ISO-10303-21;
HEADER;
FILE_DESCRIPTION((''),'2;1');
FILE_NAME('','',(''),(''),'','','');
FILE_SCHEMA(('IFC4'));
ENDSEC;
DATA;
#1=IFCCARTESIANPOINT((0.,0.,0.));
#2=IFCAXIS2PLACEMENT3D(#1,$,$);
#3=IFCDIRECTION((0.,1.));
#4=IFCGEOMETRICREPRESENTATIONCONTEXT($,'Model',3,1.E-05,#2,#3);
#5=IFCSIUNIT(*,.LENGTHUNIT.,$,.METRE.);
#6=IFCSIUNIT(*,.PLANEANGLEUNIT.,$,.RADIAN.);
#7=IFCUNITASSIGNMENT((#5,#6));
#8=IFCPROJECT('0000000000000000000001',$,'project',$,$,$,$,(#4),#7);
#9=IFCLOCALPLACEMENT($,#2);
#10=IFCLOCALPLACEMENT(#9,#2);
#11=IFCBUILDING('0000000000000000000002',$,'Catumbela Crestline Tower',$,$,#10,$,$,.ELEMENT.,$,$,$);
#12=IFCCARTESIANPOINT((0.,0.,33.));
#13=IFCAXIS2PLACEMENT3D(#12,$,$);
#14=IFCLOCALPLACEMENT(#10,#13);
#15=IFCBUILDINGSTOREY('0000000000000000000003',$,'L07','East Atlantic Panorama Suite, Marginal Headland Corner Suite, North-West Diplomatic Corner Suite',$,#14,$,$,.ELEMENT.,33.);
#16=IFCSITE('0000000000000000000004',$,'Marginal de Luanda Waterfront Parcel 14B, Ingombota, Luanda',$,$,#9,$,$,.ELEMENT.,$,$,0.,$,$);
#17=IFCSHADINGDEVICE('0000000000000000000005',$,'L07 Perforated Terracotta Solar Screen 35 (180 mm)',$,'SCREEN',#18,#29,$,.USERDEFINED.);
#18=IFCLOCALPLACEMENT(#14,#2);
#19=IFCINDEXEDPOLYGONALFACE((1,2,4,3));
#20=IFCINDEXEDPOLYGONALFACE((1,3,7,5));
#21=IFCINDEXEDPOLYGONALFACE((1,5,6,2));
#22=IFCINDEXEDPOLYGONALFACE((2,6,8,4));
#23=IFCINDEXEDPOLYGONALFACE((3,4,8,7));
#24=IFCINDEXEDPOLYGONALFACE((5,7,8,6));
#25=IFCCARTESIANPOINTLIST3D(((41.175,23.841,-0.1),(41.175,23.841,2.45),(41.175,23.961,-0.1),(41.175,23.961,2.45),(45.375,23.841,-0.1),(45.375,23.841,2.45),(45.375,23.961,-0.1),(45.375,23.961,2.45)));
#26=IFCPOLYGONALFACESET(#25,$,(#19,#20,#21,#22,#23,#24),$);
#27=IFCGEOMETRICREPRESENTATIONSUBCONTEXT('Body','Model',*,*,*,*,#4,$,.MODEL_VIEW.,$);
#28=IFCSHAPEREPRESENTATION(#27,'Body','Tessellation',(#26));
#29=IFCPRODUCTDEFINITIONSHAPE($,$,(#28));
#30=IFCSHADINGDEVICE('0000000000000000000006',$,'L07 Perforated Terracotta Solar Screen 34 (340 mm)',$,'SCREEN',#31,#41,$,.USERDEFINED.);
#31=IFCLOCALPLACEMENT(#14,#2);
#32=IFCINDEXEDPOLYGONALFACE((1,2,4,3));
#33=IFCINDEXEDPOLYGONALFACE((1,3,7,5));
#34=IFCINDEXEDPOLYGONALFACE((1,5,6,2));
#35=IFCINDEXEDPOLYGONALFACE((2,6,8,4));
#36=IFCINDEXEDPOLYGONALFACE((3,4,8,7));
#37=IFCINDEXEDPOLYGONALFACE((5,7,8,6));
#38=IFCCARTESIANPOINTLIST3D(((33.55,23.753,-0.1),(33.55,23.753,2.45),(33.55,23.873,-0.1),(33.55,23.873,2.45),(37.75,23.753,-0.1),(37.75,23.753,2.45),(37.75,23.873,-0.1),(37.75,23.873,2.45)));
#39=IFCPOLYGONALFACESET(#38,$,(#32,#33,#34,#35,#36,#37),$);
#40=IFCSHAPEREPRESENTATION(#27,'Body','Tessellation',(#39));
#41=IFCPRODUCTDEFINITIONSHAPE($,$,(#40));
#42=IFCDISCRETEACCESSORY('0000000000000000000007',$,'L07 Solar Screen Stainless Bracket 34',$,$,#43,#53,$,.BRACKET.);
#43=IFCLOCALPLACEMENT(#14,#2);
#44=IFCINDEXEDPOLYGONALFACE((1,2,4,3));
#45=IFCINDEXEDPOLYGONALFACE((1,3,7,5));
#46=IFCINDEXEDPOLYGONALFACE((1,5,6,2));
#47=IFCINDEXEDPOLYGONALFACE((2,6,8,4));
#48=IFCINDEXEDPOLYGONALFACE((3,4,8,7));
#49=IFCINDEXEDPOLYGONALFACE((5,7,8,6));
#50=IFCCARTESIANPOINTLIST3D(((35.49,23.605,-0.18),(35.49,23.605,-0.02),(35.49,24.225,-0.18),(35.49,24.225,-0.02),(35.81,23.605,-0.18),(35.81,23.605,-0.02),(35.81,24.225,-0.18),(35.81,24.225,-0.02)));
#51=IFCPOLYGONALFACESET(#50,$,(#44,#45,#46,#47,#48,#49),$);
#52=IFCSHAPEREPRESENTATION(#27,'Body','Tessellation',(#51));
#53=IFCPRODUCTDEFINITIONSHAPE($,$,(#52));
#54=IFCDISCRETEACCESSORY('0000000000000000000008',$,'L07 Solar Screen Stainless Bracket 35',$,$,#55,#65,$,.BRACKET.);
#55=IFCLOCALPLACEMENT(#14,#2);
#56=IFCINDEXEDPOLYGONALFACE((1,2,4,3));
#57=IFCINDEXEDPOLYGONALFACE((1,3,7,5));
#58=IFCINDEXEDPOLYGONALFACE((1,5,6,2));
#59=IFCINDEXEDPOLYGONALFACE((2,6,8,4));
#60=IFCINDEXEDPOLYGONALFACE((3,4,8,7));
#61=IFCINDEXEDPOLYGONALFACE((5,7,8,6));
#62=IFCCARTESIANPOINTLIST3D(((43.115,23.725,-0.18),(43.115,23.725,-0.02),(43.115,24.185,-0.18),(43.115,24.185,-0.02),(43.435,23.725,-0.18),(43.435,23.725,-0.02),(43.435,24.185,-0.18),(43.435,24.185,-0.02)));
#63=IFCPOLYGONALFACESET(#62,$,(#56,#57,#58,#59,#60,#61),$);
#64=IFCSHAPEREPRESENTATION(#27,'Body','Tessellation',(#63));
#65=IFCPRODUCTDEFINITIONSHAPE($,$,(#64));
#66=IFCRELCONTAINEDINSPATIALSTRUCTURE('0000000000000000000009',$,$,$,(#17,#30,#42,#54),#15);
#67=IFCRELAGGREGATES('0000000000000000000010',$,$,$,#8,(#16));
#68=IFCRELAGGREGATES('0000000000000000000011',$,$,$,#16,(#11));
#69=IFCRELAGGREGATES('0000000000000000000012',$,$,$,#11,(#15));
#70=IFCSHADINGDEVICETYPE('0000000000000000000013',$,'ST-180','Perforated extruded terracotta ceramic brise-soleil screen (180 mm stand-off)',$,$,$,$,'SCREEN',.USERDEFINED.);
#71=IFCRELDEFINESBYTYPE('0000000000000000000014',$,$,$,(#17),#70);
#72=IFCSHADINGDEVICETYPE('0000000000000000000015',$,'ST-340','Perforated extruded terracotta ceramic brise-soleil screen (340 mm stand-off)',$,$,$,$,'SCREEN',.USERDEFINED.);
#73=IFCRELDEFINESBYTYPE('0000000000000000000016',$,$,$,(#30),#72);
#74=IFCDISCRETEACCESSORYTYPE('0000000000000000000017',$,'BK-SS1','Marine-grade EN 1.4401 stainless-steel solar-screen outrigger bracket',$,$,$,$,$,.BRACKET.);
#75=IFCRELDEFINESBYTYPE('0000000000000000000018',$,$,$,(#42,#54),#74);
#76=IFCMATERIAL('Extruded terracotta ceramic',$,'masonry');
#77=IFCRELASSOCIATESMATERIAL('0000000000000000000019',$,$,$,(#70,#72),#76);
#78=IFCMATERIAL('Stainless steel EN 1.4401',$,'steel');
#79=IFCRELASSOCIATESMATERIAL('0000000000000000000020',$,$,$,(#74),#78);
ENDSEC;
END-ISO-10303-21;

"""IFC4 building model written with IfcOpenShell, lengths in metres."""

from ifc_helpers import new_model, si_unit, direction, frame, origin, origin_2d, place, context, subcontext, project, spatial, rectangle, extrude, material, type_object, element, save


model = new_model("IFC4")

# Units and contexts
model_context = context("Model", 3, precision=1e-05, world=origin(), true_north=direction((0.0, 1.0)))
body_context = subcontext(model_context, "Body", "Model", "MODEL_VIEW")
ifc_project = project(units=[si_unit("LENGTHUNIT", "METRE"), si_unit("PLANEANGLEUNIT", "RADIAN")], contexts=[model_context])

# Site, building, storey
site_placement = place(None, origin())
site = spatial("IfcSite", under=ifc_project, at=site_placement, Name="Marginal de Luanda Waterfront Parcel 14B, Ingombota, Luanda", CompositionType="ELEMENT", RefElevation=0.0)
building_placement = place(site_placement, origin())
building = spatial("IfcBuilding", under=site, at=building_placement, Name="Catumbela Crestline Tower", CompositionType="ELEMENT")
storey_placement = place(building_placement, frame((0.0, 0.0, 33.0)))
storey = spatial("IfcBuildingStorey", under=building, at=storey_placement, Name="L07", Description="East Atlantic Panorama Suite, Marginal Headland Corner Suite, North-West Diplomatic Corner Suite", CompositionType="ELEMENT", Elevation=33.0)

# Shading devices
ifc_material_1 = material(Name="Extruded terracotta ceramic", Category="masonry")
shading_device_type_1 = type_object("IfcShadingDeviceType", Name="ST-180", Description="Perforated extruded terracotta ceramic brise-soleil screen (180 mm stand-off)", ElementType="SCREEN", PredefinedType="USERDEFINED", material=ifc_material_1)
shading_device_1_placement = place(storey_placement, frame((43.275, 23.901, -0.1), z_axis=(0.0, 0.0, 1.0), x_axis=(1.0, 0.0, 0.0)))
element("IfcShadingDevice", 1, at=shading_device_1_placement, inside=storey, type_object=shading_device_type_1, Name="L07 Perforated Terracotta Solar Screen 35 (180 mm)", ObjectType="SCREEN", PredefinedType="USERDEFINED", context=body_context, shape_type="SweptSolid", body=[
    extrude(rectangle(XDim=4.2, YDim=0.12, at=origin_2d()), origin(), (0.0, 0.0, 1.0), 2.55),
])
shading_device_type_2 = type_object("IfcShadingDeviceType", Name="ST-340", Description="Perforated extruded terracotta ceramic brise-soleil screen (340 mm stand-off)", ElementType="SCREEN", PredefinedType="USERDEFINED", material=ifc_material_1)
shading_device_2_placement = place(storey_placement, frame((35.65, 23.813, -0.1), z_axis=(0.0, 0.0, 1.0), x_axis=(1.0, 0.0, 0.0)))
element("IfcShadingDevice", 2, at=shading_device_2_placement, inside=storey, type_object=shading_device_type_2, Name="L07 Perforated Terracotta Solar Screen 34 (340 mm)", ObjectType="SCREEN", PredefinedType="USERDEFINED", context=body_context, shape_type="SweptSolid", body=[
    extrude(rectangle(XDim=4.2, YDim=0.12, at=origin_2d()), origin(), (0.0, 0.0, 1.0), 2.55),
])

# Discrete accessories
ifc_material_2 = material(Name="Stainless steel EN 1.4401", Category="steel")
discrete_accessory_type = type_object("IfcDiscreteAccessoryType", Name="BK-SS1", Description="Marine-grade EN 1.4401 stainless-steel solar-screen outrigger bracket", PredefinedType="BRACKET", material=ifc_material_2)
discrete_accessory_1_placement = place(storey_placement, frame((35.65, 23.915, -0.18), z_axis=(0.0, 0.0, 1.0), x_axis=(1.0, 0.0, 0.0)))
element("IfcDiscreteAccessory", 3, at=discrete_accessory_1_placement, inside=storey, type_object=discrete_accessory_type, Name="L07 Solar Screen Stainless Bracket 34", PredefinedType="BRACKET", context=body_context, shape_type="SweptSolid", body=[
    extrude(rectangle(XDim=0.32, YDim=0.62, at=origin_2d()), origin(), (0.0, 0.0, 1.0), 0.16),
])
discrete_accessory_2_placement = place(storey_placement, frame((43.275, 23.955, -0.18), z_axis=(0.0, 0.0, 1.0), x_axis=(1.0, 0.0, 0.0)))
element("IfcDiscreteAccessory", 4, at=discrete_accessory_2_placement, inside=storey, type_object=discrete_accessory_type, Name="L07 Solar Screen Stainless Bracket 35", PredefinedType="BRACKET", context=body_context, shape_type="SweptSolid", body=[
    extrude(rectangle(XDim=0.32, YDim=0.46, at=origin_2d()), origin(), (0.0, 0.0, 1.0), 0.16),
])

save(model, "model.ifc")
